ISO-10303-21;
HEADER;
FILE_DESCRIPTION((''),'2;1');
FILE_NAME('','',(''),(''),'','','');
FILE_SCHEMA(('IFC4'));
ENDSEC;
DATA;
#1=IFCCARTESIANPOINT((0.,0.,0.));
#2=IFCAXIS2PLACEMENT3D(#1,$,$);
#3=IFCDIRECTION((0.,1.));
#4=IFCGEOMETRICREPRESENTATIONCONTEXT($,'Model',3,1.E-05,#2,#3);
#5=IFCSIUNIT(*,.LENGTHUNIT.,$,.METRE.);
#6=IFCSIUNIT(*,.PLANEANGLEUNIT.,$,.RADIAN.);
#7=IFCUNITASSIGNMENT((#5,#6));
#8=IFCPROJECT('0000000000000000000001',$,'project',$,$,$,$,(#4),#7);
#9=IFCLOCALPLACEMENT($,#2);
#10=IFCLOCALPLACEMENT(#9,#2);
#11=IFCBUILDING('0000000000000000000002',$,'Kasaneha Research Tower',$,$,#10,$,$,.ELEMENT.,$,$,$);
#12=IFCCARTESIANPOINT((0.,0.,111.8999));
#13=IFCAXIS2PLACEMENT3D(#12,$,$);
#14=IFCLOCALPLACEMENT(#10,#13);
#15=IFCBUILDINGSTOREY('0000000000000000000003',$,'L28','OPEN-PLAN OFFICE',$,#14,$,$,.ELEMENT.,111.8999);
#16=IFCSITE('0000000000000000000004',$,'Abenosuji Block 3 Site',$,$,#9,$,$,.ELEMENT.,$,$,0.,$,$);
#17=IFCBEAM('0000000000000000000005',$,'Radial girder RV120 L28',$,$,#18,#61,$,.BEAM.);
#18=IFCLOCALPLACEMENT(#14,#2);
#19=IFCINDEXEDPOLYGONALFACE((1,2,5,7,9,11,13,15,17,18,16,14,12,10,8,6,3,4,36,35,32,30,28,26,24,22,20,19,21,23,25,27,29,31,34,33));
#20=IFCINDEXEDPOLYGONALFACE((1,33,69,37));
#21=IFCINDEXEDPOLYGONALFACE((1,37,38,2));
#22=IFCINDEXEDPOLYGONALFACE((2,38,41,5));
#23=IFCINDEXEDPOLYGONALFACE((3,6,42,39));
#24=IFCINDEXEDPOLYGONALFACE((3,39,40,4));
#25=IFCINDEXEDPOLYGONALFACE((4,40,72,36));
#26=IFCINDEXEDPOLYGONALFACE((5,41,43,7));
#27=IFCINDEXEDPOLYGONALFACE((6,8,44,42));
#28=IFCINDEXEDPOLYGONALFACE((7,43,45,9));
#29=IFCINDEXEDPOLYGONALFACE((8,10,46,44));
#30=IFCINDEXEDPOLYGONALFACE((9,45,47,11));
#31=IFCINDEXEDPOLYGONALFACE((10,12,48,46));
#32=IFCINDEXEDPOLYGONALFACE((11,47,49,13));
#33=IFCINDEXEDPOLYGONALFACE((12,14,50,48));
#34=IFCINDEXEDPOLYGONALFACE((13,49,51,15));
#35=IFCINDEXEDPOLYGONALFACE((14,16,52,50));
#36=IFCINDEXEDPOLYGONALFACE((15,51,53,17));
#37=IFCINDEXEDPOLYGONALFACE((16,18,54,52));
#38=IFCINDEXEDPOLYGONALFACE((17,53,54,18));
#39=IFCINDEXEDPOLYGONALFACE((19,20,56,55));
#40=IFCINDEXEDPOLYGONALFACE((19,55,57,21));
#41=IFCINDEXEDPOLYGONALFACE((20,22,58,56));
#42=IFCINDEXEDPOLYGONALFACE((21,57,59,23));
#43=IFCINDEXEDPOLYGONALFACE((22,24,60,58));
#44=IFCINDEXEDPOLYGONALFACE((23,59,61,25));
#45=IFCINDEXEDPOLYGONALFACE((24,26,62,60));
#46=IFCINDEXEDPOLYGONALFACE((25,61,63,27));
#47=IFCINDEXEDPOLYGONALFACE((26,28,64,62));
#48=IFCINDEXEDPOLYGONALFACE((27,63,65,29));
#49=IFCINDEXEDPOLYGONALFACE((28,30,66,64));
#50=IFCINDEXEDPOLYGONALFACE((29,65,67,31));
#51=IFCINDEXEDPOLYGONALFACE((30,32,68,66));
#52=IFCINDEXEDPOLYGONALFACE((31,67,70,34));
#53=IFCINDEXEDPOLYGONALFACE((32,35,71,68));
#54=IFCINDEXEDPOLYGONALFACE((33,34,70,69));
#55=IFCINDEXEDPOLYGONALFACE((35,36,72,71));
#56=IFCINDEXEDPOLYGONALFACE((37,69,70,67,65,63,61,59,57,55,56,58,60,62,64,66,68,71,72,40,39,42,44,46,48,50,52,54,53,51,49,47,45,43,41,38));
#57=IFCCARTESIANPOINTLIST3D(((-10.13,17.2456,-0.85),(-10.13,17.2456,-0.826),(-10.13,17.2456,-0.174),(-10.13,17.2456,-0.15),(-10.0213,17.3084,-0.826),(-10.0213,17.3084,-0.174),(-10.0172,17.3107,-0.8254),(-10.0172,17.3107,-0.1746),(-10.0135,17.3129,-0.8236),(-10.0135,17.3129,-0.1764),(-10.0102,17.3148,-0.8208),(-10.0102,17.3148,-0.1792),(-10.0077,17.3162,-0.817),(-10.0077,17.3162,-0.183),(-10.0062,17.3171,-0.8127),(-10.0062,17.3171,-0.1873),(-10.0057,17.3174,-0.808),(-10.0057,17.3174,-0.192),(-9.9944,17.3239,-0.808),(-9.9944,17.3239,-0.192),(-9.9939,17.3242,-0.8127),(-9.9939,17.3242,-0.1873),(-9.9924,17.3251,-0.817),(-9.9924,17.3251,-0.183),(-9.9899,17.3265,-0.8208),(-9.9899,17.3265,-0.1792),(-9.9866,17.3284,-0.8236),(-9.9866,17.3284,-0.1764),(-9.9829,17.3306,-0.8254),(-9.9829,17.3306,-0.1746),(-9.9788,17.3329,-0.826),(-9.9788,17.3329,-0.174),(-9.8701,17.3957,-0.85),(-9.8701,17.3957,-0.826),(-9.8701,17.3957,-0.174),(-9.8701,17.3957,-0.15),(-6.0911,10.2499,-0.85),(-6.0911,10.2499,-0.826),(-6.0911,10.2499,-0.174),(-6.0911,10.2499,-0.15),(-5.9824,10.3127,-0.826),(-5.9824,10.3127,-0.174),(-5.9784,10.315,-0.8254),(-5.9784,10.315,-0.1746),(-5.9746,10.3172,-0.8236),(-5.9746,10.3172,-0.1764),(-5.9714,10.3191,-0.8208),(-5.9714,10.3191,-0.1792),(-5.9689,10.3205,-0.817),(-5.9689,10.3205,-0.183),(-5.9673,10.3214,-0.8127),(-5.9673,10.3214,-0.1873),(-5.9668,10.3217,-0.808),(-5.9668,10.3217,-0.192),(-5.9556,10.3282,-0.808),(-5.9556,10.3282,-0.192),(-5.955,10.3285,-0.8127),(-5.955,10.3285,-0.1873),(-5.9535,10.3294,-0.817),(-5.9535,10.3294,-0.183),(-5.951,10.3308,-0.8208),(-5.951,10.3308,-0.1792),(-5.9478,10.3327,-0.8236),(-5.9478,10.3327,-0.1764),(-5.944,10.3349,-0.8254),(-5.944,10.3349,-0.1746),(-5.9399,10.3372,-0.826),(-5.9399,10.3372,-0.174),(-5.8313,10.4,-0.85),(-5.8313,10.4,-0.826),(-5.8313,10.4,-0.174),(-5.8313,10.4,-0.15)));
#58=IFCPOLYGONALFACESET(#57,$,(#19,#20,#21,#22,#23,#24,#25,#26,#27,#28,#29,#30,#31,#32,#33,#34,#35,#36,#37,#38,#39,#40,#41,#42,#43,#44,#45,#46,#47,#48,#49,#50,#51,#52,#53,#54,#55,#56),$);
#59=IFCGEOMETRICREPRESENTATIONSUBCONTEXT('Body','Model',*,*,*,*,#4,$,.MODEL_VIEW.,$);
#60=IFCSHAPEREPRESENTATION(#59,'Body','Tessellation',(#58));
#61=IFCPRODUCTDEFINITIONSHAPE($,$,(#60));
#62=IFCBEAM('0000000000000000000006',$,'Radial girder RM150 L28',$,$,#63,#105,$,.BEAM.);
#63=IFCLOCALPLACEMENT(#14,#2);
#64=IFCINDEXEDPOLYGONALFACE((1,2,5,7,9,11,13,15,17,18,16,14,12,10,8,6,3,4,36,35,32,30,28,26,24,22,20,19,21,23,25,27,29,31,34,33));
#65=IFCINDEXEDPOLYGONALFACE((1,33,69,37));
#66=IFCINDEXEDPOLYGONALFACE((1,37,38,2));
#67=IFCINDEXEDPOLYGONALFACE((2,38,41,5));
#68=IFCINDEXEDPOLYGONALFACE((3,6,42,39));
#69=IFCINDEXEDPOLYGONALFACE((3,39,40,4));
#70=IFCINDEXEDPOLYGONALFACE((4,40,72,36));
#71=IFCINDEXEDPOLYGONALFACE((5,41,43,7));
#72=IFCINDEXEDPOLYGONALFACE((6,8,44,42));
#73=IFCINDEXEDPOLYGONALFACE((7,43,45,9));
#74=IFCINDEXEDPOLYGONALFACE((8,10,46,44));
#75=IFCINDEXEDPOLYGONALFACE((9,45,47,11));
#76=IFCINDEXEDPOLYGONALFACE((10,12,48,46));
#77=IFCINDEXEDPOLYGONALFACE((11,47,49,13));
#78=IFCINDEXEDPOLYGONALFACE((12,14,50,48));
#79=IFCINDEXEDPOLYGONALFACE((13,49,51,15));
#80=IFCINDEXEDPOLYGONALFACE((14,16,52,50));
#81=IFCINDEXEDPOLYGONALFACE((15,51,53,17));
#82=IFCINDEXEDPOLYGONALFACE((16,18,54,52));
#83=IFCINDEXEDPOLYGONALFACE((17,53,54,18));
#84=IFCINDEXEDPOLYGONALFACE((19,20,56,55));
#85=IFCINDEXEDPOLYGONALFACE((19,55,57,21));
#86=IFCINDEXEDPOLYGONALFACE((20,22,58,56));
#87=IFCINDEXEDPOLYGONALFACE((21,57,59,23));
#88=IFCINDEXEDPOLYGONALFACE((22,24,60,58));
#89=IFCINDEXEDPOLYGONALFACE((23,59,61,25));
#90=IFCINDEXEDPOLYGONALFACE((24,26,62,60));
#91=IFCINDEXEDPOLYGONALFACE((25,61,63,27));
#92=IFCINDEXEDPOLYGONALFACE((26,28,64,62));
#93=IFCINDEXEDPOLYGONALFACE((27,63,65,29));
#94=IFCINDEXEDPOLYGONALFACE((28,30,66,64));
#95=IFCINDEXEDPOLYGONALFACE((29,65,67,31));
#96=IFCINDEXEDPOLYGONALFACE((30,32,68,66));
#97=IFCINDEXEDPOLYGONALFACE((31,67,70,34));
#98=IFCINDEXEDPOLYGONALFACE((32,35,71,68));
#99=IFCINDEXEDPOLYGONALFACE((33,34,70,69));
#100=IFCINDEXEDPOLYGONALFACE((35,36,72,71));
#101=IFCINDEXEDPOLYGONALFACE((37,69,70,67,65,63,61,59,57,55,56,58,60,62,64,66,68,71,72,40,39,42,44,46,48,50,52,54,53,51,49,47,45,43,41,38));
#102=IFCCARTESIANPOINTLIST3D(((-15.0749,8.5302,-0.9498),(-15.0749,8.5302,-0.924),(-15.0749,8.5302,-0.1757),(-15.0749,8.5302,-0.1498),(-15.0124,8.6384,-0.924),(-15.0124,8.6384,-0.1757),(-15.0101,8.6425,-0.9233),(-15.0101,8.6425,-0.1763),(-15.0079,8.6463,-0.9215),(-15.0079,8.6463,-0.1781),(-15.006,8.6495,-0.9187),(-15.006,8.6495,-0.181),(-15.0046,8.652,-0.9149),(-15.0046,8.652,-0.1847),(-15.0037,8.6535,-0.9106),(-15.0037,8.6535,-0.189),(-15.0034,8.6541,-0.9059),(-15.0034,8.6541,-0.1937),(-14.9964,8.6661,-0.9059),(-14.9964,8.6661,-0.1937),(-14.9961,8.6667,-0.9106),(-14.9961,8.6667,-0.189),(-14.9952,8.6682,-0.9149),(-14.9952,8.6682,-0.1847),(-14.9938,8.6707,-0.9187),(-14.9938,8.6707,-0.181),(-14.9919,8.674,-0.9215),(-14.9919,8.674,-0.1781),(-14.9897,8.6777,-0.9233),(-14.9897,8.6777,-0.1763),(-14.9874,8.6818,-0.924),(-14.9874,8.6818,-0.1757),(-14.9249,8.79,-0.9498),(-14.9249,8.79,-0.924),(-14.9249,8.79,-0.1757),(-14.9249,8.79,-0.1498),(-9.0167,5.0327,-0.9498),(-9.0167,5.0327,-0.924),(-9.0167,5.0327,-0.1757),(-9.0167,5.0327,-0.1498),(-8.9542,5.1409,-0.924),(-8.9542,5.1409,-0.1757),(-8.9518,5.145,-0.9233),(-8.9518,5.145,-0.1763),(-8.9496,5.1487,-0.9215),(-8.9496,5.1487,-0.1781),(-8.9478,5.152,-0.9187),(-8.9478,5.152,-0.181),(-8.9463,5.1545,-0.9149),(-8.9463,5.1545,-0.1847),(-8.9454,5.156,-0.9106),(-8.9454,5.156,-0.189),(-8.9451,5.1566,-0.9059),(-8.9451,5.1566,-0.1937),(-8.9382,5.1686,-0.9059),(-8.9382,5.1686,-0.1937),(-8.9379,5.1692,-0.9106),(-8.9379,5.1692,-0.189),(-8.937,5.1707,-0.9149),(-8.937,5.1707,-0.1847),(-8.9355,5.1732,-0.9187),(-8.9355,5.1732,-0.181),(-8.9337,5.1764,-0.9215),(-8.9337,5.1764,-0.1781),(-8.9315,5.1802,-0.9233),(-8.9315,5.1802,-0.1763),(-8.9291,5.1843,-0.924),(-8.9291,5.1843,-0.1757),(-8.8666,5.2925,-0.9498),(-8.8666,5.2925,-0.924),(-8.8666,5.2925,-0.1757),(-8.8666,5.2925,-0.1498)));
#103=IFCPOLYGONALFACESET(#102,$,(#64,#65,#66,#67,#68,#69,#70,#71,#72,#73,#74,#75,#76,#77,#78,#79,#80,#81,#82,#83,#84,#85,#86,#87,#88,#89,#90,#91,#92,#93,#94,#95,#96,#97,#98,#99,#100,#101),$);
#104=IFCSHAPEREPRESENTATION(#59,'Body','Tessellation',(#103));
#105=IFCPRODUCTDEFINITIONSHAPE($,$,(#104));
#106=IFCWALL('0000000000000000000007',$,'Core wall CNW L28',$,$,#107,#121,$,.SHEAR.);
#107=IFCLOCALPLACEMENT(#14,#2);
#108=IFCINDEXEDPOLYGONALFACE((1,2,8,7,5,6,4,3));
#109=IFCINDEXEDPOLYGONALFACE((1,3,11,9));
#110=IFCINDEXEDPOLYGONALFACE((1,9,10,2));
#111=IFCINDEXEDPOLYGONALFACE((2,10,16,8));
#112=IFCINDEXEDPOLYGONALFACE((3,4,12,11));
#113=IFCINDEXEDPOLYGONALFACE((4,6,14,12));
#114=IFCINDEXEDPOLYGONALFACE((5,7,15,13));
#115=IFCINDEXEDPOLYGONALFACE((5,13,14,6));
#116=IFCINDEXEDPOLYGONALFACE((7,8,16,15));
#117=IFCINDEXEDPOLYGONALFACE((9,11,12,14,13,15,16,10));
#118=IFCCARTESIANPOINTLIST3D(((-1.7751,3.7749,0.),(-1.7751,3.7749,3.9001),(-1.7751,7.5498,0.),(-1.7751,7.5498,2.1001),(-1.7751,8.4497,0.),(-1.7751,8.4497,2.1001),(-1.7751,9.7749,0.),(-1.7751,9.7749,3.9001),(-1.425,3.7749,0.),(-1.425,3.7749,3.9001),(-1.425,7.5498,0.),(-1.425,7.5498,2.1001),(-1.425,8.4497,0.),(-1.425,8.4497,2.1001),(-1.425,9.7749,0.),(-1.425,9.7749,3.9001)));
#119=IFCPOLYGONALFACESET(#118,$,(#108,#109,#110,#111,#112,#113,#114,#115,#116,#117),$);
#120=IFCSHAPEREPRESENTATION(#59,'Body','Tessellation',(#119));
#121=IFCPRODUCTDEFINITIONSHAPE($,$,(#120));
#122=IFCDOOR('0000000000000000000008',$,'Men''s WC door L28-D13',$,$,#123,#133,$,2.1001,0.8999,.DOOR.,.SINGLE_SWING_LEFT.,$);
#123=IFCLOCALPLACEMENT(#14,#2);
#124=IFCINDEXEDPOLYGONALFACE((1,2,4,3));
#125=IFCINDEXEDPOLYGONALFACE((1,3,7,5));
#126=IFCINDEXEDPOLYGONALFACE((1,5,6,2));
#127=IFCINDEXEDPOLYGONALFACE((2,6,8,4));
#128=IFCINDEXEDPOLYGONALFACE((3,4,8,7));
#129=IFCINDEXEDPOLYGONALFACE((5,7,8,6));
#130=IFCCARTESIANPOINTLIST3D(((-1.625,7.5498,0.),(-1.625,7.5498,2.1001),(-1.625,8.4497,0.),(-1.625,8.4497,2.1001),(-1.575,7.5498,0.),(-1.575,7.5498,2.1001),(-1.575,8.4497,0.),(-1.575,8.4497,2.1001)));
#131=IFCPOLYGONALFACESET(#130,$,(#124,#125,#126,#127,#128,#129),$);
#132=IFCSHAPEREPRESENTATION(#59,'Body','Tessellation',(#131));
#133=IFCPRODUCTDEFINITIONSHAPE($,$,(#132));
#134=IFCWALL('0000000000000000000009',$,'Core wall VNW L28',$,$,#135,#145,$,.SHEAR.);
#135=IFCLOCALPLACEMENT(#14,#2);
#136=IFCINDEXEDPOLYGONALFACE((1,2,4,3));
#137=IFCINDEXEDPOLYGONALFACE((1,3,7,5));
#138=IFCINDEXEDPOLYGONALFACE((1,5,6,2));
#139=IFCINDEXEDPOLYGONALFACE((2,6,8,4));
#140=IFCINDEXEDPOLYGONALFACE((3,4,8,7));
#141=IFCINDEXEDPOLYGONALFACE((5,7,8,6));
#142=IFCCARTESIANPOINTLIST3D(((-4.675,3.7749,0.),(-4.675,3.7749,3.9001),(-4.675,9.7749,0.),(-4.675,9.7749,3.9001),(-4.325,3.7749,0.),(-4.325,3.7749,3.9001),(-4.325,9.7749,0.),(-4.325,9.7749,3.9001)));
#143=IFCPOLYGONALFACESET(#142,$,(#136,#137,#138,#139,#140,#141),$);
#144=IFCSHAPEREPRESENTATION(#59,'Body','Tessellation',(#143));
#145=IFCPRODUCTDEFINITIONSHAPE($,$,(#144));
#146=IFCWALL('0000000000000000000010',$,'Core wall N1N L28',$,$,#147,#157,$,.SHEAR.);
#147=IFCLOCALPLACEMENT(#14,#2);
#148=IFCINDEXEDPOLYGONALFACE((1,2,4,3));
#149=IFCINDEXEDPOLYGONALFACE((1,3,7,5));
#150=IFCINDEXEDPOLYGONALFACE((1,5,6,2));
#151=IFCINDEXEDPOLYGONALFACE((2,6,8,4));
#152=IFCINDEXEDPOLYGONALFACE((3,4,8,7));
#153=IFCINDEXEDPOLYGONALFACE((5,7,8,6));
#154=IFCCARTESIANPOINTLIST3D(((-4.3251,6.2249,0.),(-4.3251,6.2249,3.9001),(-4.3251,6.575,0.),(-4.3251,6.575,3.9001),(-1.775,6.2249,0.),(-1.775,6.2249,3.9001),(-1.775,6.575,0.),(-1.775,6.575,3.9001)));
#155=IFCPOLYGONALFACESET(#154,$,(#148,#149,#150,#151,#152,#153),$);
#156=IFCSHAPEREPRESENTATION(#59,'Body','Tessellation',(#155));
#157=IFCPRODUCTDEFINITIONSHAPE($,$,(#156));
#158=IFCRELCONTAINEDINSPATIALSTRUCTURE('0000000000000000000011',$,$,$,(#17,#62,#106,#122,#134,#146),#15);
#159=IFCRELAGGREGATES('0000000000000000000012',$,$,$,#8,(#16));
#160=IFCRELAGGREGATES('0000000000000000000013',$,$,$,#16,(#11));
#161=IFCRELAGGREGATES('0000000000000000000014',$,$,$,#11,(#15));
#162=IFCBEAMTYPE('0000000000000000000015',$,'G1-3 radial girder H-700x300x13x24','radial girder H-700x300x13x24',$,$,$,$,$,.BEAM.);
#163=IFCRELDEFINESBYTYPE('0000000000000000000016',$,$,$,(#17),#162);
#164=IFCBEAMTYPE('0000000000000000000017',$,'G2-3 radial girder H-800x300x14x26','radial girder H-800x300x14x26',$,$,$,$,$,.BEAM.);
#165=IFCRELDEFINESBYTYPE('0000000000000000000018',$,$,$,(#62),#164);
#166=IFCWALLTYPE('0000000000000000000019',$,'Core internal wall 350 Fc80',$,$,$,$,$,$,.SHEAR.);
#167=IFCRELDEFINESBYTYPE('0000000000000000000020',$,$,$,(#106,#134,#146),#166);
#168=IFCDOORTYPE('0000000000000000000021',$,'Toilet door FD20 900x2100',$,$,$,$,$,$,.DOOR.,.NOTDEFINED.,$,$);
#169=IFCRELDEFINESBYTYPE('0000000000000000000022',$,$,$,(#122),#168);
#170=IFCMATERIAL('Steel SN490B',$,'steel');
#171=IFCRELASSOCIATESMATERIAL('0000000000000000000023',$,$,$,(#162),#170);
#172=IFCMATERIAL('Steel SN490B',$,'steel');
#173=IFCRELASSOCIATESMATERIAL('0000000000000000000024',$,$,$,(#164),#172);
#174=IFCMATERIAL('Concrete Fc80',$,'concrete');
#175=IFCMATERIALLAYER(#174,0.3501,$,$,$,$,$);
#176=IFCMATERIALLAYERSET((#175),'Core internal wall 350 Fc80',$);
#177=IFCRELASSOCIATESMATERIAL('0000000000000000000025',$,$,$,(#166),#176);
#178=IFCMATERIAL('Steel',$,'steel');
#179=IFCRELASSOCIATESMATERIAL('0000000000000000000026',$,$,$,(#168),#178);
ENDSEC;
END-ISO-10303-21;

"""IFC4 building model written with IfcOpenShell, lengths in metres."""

from ifc_helpers import new_model, si_unit, direction, frame, frame_2d, origin, origin_2d, place, context, subcontext, project, spatial, rectangle, i_section, extrude, material, layer, layer_set, material_profile, profile_set, type_object, element, fill, save


model = new_model("IFC4")

# Units and contexts
model_context = context("Model", 3, precision=1e-05, world=origin(), true_north=direction((0.0, 1.0)))
body_context = subcontext(model_context, "Body", "Model", "MODEL_VIEW")
ifc_project = project(units=[si_unit("LENGTHUNIT", "METRE"), si_unit("PLANEANGLEUNIT", "RADIAN")], contexts=[model_context])

# Site, building, storey
site_placement = place(None, origin())
site = spatial("IfcSite", under=ifc_project, at=site_placement, Name="Abenosuji Block 3 Site", CompositionType="ELEMENT", RefElevation=0.0)
building_placement = place(site_placement, origin())
building = spatial("IfcBuilding", under=site, at=building_placement, Name="Kasaneha Research Tower", CompositionType="ELEMENT")
storey_placement = place(building_placement, frame((0.0, 0.0, 111.8999)))
storey = spatial("IfcBuildingStorey", under=building, at=storey_placement, Name="L28", Description="OPEN-PLAN OFFICE", CompositionType="ELEMENT", Elevation=111.8999)

# Beams
ifc_material_1 = material(Name="Steel SN490B", Category="steel")
ifc_material_profile_1 = material_profile(ifc_material_1, i_section(OverallWidth=0.3, OverallDepth=0.7, WebThickness=0.0129, FlangeThickness=0.0239, FilletRadius=0.0181, at=origin_2d()), Name="H-700x300x13x24")
ifc_profile_set_1 = profile_set([ifc_material_profile_1], Name="Steel SN490B")
beam_type_1 = type_object("IfcBeamType", Name="G1-3 radial girder H-700x300x13x24", Description="radial girder H-700x300x13x24", PredefinedType="BEAM", material=ifc_profile_set_1)
beam_1_placement = place(storey_placement, frame((-5.9612, 10.325, -0.5), z_axis=(-0.499991, 0.866031, 0.0), x_axis=(-0.866031, -0.499991, 0.0)))
element("IfcBeam", 1, at=beam_1_placement, inside=storey, type_object=beam_type_1, Name="Radial girder RV120 L28", PredefinedType="BEAM", context=body_context, shape_type="SweptSolid", body=[
    extrude(i_section(OverallWidth=0.3, OverallDepth=0.7, WebThickness=0.0129, FlangeThickness=0.0239, FilletRadius=0.0181, at=origin_2d()), origin(), (0.0, 0.0, 1.0), 8.0779),
])
ifc_material_2 = material(Name="Steel SN490B", Category="steel")
ifc_material_profile_2 = material_profile(ifc_material_2, i_section(OverallWidth=0.3, OverallDepth=0.8, WebThickness=0.0139, FlangeThickness=0.0259, FilletRadius=0.0181, at=origin_2d()), Name="H-800x300x14x26")
ifc_profile_set_2 = profile_set([ifc_material_profile_2], Name="Steel SN490B")
beam_type_2 = type_object("IfcBeamType", Name="G2-3 radial girder H-800x300x14x26", Description="radial girder H-800x300x14x26", PredefinedType="BEAM", material=ifc_profile_set_2)
beam_2_placement = place(storey_placement, frame((-8.9417, 5.1626, -0.5498), z_axis=(-0.86604, 0.499975, 0.0), x_axis=(-0.499975, -0.86604, 0.0)))
element("IfcBeam", 2, at=beam_2_placement, inside=storey, type_object=beam_type_2, Name="Radial girder RM150 L28", PredefinedType="BEAM", context=body_context, shape_type="SweptSolid", body=[
    extrude(i_section(OverallWidth=0.3, OverallDepth=0.8, WebThickness=0.0139, FlangeThickness=0.0259, FilletRadius=0.0181, at=origin_2d()), origin(), (0.0, 0.0, 1.0), 6.9954),
])

# Shared definitions
ifc_material_3 = material(Name="Concrete Fc80", Category="concrete")
ifc_layer_1 = layer(ifc_material_3, 0.3501)
ifc_layer_set_1 = layer_set([ifc_layer_1], Name="Core internal wall 350 Fc80")
wall_type_1 = type_object("IfcWallType", Name="Core internal wall 350 Fc80", PredefinedType="SHEAR", material=ifc_layer_set_1)

# Wall, opening, door
wall_1_placement = place(storey_placement, frame((-1.6001, 3.7749, 0.0), z_axis=(0.0, 0.0, 1.0), x_axis=(0.0, 1.0, 0.0)))
wall_1 = element("IfcWall", 3, at=wall_1_placement, inside=storey, type_object=wall_type_1, Name="Core wall CNW L28", PredefinedType="SHEAR", context=body_context, shape_type="SweptSolid", body=[
    extrude(rectangle(XDim=6.0, YDim=0.3501, at=frame_2d((3.0, 0.0))), origin(), (0.0, 0.0, 1.0), 3.9001),
])
opening_1_placement = place(wall_1_placement, frame((3.7749, 0.0, 0.0)))
opening_1 = element("IfcOpeningElement", 4, at=opening_1_placement, cuts=wall_1, PredefinedType="OPENING", context=body_context, shape_type="SweptSolid", body=[
    extrude(rectangle(XDim=0.8999, YDim=2.1001, at=frame_2d((0.45, 1.05))), frame((0.0, 0.1851, 0.0), z_axis=(0.0, -1.0, 0.0), x_axis=(1.0, 0.0, 0.0)), (0.0, 0.0, 1.0), 0.3701),
])
ifc_material_4 = material(Name="Steel", Category="steel")
door_type_1 = type_object("IfcDoorType", Name="Toilet door FD20 900x2100", OperationType="NOTDEFINED", PredefinedType="DOOR", material=ifc_material_4)
door_1_placement = place(opening_1_placement, origin())
door_1 = element("IfcDoor", 5, at=door_1_placement, inside=storey, type_object=door_type_1, Name="Men's WC door L28-D13", OperationType="SINGLE_SWING_LEFT", OverallHeight=2.1001, OverallWidth=0.8999, PredefinedType="DOOR", context=body_context, shape_type="SweptSolid", body=[
    extrude(rectangle(XDim=0.8999, YDim=2.1001, at=frame_2d((0.45, 1.05))), frame((0.0, 0.0249, 0.0), z_axis=(0.0, -1.0, 0.0), x_axis=(1.0, 0.0, 0.0)), (0.0, 0.0, 1.0), 0.05),
])
fill(opening_1, door_1)

# Walls
wall_2_placement = place(storey_placement, frame((-4.5, 3.7749, 0.0), z_axis=(0.0, 0.0, 1.0), x_axis=(0.0, 1.0, 0.0)))
element("IfcWall", 6, at=wall_2_placement, inside=storey, type_object=wall_type_1, Name="Core wall VNW L28", PredefinedType="SHEAR", context=body_context, shape_type="SweptSolid", body=[
    extrude(rectangle(XDim=6.0, YDim=0.3501, at=frame_2d((3.0, 0.0))), origin(), (0.0, 0.0, 1.0), 3.9001),
])
wall_3_placement = place(storey_placement, frame((-4.325, 6.3999, 0.0), z_axis=(0.0, 0.0, 1.0), x_axis=(1.0, 0.0, 0.0)))
element("IfcWall", 7, at=wall_3_placement, inside=storey, type_object=wall_type_1, Name="Core wall N1N L28", PredefinedType="SHEAR", context=body_context, shape_type="SweptSolid", body=[
    extrude(rectangle(XDim=2.55, YDim=0.3501, at=frame_2d((1.2749, 0.0))), origin(), (0.0, 0.0, 1.0), 3.9001),
])

save(model, "model.ifc")
